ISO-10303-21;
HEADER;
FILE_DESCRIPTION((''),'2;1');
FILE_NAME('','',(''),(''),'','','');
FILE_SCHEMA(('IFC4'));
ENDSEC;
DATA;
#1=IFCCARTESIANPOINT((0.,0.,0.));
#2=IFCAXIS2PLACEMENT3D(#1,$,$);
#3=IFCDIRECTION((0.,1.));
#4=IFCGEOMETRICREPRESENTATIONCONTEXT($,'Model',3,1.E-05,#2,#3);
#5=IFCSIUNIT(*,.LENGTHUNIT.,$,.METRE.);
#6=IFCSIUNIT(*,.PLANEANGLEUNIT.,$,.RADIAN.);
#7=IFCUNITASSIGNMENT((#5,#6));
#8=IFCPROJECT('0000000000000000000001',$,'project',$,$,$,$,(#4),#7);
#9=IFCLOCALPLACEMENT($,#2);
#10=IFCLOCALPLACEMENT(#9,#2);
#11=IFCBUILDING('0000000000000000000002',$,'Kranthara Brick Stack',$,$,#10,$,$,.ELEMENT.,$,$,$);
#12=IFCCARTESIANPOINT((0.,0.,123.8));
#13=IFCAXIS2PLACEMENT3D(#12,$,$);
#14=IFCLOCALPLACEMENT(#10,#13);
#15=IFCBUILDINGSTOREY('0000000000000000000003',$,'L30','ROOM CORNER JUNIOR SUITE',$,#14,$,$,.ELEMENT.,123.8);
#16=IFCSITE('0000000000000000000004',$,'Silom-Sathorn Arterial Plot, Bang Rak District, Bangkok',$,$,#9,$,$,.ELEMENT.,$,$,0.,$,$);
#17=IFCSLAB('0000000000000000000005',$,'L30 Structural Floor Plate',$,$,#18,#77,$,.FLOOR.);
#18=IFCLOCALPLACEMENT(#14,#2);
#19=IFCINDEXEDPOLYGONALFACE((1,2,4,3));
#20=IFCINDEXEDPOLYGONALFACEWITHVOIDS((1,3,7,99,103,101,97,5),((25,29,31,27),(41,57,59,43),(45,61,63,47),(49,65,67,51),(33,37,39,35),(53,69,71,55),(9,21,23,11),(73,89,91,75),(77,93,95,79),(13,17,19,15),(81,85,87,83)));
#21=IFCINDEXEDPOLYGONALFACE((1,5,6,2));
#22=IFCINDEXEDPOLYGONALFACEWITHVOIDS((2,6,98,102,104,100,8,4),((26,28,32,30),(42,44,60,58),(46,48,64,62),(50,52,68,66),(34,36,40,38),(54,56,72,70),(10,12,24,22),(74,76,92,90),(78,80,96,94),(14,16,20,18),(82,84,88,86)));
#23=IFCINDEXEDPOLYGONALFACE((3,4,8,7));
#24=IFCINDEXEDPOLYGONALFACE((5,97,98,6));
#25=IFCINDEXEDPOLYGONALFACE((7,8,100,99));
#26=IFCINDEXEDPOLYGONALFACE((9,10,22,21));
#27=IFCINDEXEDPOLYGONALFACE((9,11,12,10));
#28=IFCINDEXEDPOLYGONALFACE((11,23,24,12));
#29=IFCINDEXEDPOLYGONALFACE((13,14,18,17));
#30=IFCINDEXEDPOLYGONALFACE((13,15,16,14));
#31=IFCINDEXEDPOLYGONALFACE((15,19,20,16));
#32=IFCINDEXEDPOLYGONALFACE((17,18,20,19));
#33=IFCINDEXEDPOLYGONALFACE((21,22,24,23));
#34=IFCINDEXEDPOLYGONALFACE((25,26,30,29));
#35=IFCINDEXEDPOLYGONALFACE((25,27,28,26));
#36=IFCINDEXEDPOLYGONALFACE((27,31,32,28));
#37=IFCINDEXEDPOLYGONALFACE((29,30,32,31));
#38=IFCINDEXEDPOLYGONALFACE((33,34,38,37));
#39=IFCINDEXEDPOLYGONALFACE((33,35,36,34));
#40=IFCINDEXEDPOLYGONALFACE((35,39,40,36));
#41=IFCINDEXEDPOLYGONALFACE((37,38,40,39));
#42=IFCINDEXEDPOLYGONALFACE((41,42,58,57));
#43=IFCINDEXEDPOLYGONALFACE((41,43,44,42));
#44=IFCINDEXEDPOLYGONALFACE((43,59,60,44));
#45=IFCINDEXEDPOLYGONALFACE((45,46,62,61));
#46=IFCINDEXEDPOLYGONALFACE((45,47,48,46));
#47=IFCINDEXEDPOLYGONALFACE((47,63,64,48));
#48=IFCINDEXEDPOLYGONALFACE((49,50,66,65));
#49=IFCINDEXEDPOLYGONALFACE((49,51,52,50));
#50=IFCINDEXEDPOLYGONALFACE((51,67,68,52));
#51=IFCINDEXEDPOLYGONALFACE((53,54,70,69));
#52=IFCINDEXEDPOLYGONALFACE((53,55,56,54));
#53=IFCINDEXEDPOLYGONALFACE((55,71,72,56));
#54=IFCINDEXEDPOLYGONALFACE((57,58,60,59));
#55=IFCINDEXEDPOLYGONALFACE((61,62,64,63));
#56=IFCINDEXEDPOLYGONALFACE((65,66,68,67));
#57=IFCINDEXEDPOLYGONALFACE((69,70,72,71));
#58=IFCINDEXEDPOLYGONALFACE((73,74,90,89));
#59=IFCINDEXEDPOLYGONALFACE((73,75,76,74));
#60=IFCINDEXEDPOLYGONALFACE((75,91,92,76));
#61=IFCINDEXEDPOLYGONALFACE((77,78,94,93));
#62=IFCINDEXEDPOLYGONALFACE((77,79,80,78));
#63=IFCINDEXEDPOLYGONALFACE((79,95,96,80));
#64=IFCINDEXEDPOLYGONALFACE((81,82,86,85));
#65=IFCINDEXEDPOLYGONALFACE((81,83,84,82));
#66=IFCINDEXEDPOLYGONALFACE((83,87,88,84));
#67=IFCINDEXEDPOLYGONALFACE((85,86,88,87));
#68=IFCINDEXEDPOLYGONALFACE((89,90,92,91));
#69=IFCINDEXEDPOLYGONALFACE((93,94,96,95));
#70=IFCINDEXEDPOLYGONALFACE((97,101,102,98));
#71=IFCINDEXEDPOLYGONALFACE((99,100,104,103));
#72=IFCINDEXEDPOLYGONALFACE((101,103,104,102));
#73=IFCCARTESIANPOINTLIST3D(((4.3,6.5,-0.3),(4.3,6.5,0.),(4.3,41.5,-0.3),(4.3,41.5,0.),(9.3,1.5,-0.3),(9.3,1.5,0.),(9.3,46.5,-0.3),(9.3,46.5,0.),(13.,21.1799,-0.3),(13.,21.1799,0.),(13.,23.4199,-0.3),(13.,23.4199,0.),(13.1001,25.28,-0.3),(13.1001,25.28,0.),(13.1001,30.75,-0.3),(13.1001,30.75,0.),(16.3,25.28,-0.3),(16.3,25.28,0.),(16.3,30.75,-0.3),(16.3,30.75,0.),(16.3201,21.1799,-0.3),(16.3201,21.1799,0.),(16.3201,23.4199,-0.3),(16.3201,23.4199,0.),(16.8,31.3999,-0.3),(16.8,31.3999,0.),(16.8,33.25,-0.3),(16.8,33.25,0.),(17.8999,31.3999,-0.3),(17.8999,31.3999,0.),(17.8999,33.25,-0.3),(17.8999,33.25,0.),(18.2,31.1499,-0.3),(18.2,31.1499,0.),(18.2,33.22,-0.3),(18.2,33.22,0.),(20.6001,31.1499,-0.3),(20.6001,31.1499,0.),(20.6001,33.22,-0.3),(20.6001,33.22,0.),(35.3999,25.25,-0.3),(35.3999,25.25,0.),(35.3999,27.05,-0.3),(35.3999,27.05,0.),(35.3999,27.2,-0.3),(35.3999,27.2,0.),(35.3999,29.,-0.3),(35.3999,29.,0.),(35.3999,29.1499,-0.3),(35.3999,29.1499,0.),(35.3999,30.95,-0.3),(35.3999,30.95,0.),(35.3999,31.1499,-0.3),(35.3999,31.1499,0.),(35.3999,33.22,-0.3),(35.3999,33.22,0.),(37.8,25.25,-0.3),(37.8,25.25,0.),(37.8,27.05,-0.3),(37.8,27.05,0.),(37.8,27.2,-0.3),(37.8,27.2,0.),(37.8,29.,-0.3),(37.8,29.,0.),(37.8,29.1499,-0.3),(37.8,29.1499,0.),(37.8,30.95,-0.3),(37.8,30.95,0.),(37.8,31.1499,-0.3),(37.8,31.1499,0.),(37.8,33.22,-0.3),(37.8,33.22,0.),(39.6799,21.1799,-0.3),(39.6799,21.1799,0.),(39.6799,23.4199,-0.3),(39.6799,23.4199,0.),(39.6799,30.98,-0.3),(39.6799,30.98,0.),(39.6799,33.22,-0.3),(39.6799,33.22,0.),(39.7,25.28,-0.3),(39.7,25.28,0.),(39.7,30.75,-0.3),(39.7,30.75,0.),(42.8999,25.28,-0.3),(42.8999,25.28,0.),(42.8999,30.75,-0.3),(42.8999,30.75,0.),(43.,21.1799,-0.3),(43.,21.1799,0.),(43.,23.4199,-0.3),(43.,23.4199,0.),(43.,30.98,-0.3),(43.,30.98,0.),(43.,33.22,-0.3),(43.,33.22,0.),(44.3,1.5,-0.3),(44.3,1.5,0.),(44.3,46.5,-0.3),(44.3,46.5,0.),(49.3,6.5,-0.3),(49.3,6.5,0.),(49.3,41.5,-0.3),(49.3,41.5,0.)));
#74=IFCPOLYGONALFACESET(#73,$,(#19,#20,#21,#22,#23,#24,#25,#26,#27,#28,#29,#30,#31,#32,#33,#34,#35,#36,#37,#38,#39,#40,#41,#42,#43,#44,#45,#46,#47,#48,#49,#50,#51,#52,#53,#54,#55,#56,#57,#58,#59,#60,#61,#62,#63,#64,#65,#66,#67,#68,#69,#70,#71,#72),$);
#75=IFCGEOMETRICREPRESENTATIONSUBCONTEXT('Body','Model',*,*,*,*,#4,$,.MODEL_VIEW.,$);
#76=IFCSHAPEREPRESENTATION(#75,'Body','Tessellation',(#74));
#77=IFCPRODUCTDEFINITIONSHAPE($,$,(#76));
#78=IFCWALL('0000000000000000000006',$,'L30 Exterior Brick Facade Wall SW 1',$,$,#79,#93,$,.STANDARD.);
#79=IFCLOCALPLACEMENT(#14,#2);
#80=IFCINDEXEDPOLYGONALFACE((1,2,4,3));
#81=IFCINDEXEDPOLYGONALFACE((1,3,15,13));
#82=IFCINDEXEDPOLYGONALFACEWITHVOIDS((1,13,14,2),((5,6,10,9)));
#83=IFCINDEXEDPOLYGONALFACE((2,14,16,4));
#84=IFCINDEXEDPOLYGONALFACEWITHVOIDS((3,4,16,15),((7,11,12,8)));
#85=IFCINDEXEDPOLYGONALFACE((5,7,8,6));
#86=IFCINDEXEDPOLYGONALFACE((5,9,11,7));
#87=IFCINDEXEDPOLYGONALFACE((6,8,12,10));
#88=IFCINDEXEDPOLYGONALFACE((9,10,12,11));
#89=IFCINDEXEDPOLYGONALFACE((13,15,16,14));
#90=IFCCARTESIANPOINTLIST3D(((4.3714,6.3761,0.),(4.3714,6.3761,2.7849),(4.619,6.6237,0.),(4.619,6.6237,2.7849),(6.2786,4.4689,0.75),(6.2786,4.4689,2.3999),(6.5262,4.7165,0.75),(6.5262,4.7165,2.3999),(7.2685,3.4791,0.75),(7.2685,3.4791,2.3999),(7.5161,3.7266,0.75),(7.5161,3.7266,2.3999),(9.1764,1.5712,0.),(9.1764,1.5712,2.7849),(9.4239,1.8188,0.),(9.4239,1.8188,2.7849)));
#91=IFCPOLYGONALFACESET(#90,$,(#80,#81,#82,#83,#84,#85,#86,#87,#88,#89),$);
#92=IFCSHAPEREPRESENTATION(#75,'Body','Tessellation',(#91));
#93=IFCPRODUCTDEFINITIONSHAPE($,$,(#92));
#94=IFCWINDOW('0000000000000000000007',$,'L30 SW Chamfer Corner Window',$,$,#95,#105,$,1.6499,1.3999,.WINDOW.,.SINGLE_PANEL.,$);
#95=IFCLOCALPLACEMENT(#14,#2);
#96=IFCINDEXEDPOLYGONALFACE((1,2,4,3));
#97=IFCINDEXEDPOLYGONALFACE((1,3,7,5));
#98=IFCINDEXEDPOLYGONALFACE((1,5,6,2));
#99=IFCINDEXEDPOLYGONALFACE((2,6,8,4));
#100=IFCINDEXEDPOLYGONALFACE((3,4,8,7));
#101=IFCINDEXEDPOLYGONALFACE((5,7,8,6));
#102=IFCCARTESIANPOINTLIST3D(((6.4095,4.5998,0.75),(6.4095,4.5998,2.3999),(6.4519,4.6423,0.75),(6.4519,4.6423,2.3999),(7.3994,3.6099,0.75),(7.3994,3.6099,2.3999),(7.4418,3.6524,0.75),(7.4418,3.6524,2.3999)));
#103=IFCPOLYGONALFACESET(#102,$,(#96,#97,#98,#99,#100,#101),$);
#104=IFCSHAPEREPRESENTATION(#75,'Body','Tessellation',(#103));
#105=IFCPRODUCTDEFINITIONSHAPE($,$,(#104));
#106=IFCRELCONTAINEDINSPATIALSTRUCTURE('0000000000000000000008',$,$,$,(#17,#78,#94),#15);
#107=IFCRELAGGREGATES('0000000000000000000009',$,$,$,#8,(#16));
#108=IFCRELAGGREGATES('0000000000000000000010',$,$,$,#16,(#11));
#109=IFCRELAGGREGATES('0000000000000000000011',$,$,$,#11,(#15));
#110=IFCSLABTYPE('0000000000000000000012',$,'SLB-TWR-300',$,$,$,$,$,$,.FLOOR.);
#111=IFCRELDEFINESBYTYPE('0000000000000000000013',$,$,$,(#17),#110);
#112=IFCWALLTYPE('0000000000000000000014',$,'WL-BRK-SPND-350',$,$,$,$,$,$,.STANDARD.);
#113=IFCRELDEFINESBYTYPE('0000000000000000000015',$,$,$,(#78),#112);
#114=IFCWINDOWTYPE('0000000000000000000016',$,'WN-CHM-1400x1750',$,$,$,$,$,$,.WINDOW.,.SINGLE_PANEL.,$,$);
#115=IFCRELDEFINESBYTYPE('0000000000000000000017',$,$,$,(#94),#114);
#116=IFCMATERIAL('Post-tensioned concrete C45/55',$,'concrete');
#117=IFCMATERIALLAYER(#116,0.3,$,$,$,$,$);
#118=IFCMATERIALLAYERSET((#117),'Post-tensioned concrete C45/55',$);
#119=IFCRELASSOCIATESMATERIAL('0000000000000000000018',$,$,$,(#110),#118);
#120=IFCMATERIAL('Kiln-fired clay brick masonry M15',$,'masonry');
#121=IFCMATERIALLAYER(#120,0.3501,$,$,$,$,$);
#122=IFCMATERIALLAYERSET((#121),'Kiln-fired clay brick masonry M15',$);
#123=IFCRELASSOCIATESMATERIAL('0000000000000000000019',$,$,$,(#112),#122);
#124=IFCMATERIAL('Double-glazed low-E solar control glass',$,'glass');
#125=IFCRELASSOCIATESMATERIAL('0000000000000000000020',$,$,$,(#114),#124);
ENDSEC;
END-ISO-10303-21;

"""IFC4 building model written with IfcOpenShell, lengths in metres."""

from ifc_helpers import new_model, si_unit, direction, frame, frame_2d, origin, place, context, subcontext, project, spatial, polyline, rectangle, outline, extrude, material, layer, layer_set, type_object, element, fill, save


model = new_model("IFC4")

# Units and contexts
model_context = context("Model", 3, precision=1e-05, world=origin(), true_north=direction((0.0, 1.0)))
body_context = subcontext(model_context, "Body", "Model", "MODEL_VIEW")
ifc_project = project(units=[si_unit("LENGTHUNIT", "METRE"), si_unit("PLANEANGLEUNIT", "RADIAN")], contexts=[model_context])

# Site, building, storey
site_placement = place(None, origin())
site = spatial("IfcSite", under=ifc_project, at=site_placement, Name="Silom-Sathorn Arterial Plot, Bang Rak District, Bangkok", CompositionType="ELEMENT", RefElevation=0.0)
building_placement = place(site_placement, origin())
building = spatial("IfcBuilding", under=site, at=building_placement, Name="Kranthara Brick Stack", CompositionType="ELEMENT")
storey_placement = place(building_placement, frame((0.0, 0.0, 123.8)))
storey = spatial("IfcBuildingStorey", under=building, at=storey_placement, Name="L30", Description="ROOM CORNER JUNIOR SUITE", CompositionType="ELEMENT", Elevation=123.8)

# Slab
ifc_material_1 = material(Name="Post-tensioned concrete C45/55", Category="concrete")
ifc_layer_1 = layer(ifc_material_1, 0.3)
ifc_layer_set_1 = layer_set([ifc_layer_1], Name="Post-tensioned concrete C45/55")
slab_type_1 = type_object("IfcSlabType", Name="SLB-TWR-300", PredefinedType="FLOOR", material=ifc_layer_set_1)
slab_1_placement = place(storey_placement, frame((0.0, 0.0, -0.3)))
element("IfcSlab", 1, at=slab_1_placement, inside=storey, type_object=slab_type_1, Name="L30 Structural Floor Plate", PredefinedType="FLOOR", context=body_context, shape_type="SweptSolid", body=[
    extrude(outline(polyline([(9.3, 1.5), (44.3, 1.5), (49.3, 6.5), (49.3, 41.5), (44.3, 46.5), (9.3, 46.5), (4.3, 41.5), (4.3, 6.5), (9.3, 1.5)]), holes=[polyline([(13.1001, 25.28), (16.3, 25.28), (16.3, 30.75), (13.1001, 30.75), (13.1001, 25.28)]), polyline([(39.7, 25.28), (42.8999, 25.28), (42.8999, 30.75), (39.7, 30.75), (39.7, 25.28)]), polyline([(13.0, 21.1799), (16.3201, 21.1799), (16.3201, 23.4199), (13.0, 23.4199), (13.0, 21.1799)]), polyline([(39.6799, 21.1799), (43.0, 21.1799), (43.0, 23.4199), (39.6799, 23.4199), (39.6799, 21.1799)]), polyline([(39.6799, 30.98), (43.0, 30.98), (43.0, 33.22), (39.6799, 33.22), (39.6799, 30.98)]), polyline([(35.3999, 25.25), (37.8, 25.25), (37.8, 27.05), (35.3999, 27.05), (35.3999, 25.25)]), polyline([(35.3999, 27.2), (37.8, 27.2), (37.8, 29.0), (35.3999, 29.0), (35.3999, 27.2)]), polyline([(35.3999, 29.1499), (37.8, 29.1499), (37.8, 30.95), (35.3999, 30.95), (35.3999, 29.1499)]), polyline([(18.2, 31.1499), (20.6001, 31.1499), (20.6001, 33.22), (18.2, 33.22), (18.2, 31.1499)]), polyline([(35.3999, 31.1499), (37.8, 31.1499), (37.8, 33.22), (35.3999, 33.22), (35.3999, 31.1499)]), polyline([(16.8, 31.3999), (17.8999, 31.3999), (17.8999, 33.25), (16.8, 33.25), (16.8, 31.3999)])]), origin(), (0.0, 0.0, 1.0), 0.3),
])

# Wall, opening, window
ifc_material_2 = material(Name="Kiln-fired clay brick masonry M15", Category="masonry")
ifc_layer_2 = layer(ifc_material_2, 0.3501)
ifc_layer_set_2 = layer_set([ifc_layer_2], Name="Kiln-fired clay brick masonry M15")
wall_type_1 = type_object("IfcWallType", Name="WL-BRK-SPND-350", PredefinedType="STANDARD", material=ifc_layer_set_2)
wall_1_placement = place(storey_placement, frame((9.3, 1.6951, 0.0), z_axis=(0.0, 0.0, 1.0), x_axis=(-0.707107, 0.707107, 0.0)))
wall_1 = element("IfcWall", 2, at=wall_1_placement, inside=storey, type_object=wall_type_1, Name="L30 Exterior Brick Facade Wall SW 1", PredefinedType="STANDARD", context=body_context, shape_type="SweptSolid", body=[
    extrude(rectangle(XDim=6.7952, YDim=0.3501, at=frame_2d((3.3975, 0.0))), origin(), (0.0, 0.0, 1.0), 2.7849),
])
opening_1_placement = place(wall_1_placement, frame((2.698, 0.0, 0.75)))
opening_1 = element("IfcOpeningElement", 3, at=opening_1_placement, cuts=wall_1, PredefinedType="OPENING", context=body_context, shape_type="SweptSolid", body=[
    extrude(rectangle(XDim=1.3999, YDim=1.6499, at=frame_2d((0.7, 0.825))), frame((0.0, 0.1851, 0.0), z_axis=(0.0, -1.0, 0.0), x_axis=(1.0, 0.0, 0.0)), (0.0, 0.0, 1.0), 0.3701),
])
ifc_material_3 = material(Name="Double-glazed low-E solar control glass", Category="glass")
window_type_1 = type_object("IfcWindowType", Name="WN-CHM-1400x1750", PartitioningType="SINGLE_PANEL", PredefinedType="WINDOW", material=ifc_material_3)
window_1_placement = place(opening_1_placement, origin())
window_1 = element("IfcWindow", 4, at=window_1_placement, inside=storey, type_object=window_type_1, Name="L30 SW Chamfer Corner Window", OverallHeight=1.6499, OverallWidth=1.3999, PartitioningType="SINGLE_PANEL", PredefinedType="WINDOW", context=body_context, shape_type="SweptSolid", body=[
    extrude(rectangle(XDim=1.3999, YDim=1.6499, at=frame_2d((0.7, 0.825))), frame((0.0, -0.01, 0.0), z_axis=(0.0, -1.0, 0.0), x_axis=(1.0, 0.0, 0.0)), (0.0, 0.0, 1.0), 0.0601),
])
fill(opening_1, window_1)

save(model, "model.ifc")
